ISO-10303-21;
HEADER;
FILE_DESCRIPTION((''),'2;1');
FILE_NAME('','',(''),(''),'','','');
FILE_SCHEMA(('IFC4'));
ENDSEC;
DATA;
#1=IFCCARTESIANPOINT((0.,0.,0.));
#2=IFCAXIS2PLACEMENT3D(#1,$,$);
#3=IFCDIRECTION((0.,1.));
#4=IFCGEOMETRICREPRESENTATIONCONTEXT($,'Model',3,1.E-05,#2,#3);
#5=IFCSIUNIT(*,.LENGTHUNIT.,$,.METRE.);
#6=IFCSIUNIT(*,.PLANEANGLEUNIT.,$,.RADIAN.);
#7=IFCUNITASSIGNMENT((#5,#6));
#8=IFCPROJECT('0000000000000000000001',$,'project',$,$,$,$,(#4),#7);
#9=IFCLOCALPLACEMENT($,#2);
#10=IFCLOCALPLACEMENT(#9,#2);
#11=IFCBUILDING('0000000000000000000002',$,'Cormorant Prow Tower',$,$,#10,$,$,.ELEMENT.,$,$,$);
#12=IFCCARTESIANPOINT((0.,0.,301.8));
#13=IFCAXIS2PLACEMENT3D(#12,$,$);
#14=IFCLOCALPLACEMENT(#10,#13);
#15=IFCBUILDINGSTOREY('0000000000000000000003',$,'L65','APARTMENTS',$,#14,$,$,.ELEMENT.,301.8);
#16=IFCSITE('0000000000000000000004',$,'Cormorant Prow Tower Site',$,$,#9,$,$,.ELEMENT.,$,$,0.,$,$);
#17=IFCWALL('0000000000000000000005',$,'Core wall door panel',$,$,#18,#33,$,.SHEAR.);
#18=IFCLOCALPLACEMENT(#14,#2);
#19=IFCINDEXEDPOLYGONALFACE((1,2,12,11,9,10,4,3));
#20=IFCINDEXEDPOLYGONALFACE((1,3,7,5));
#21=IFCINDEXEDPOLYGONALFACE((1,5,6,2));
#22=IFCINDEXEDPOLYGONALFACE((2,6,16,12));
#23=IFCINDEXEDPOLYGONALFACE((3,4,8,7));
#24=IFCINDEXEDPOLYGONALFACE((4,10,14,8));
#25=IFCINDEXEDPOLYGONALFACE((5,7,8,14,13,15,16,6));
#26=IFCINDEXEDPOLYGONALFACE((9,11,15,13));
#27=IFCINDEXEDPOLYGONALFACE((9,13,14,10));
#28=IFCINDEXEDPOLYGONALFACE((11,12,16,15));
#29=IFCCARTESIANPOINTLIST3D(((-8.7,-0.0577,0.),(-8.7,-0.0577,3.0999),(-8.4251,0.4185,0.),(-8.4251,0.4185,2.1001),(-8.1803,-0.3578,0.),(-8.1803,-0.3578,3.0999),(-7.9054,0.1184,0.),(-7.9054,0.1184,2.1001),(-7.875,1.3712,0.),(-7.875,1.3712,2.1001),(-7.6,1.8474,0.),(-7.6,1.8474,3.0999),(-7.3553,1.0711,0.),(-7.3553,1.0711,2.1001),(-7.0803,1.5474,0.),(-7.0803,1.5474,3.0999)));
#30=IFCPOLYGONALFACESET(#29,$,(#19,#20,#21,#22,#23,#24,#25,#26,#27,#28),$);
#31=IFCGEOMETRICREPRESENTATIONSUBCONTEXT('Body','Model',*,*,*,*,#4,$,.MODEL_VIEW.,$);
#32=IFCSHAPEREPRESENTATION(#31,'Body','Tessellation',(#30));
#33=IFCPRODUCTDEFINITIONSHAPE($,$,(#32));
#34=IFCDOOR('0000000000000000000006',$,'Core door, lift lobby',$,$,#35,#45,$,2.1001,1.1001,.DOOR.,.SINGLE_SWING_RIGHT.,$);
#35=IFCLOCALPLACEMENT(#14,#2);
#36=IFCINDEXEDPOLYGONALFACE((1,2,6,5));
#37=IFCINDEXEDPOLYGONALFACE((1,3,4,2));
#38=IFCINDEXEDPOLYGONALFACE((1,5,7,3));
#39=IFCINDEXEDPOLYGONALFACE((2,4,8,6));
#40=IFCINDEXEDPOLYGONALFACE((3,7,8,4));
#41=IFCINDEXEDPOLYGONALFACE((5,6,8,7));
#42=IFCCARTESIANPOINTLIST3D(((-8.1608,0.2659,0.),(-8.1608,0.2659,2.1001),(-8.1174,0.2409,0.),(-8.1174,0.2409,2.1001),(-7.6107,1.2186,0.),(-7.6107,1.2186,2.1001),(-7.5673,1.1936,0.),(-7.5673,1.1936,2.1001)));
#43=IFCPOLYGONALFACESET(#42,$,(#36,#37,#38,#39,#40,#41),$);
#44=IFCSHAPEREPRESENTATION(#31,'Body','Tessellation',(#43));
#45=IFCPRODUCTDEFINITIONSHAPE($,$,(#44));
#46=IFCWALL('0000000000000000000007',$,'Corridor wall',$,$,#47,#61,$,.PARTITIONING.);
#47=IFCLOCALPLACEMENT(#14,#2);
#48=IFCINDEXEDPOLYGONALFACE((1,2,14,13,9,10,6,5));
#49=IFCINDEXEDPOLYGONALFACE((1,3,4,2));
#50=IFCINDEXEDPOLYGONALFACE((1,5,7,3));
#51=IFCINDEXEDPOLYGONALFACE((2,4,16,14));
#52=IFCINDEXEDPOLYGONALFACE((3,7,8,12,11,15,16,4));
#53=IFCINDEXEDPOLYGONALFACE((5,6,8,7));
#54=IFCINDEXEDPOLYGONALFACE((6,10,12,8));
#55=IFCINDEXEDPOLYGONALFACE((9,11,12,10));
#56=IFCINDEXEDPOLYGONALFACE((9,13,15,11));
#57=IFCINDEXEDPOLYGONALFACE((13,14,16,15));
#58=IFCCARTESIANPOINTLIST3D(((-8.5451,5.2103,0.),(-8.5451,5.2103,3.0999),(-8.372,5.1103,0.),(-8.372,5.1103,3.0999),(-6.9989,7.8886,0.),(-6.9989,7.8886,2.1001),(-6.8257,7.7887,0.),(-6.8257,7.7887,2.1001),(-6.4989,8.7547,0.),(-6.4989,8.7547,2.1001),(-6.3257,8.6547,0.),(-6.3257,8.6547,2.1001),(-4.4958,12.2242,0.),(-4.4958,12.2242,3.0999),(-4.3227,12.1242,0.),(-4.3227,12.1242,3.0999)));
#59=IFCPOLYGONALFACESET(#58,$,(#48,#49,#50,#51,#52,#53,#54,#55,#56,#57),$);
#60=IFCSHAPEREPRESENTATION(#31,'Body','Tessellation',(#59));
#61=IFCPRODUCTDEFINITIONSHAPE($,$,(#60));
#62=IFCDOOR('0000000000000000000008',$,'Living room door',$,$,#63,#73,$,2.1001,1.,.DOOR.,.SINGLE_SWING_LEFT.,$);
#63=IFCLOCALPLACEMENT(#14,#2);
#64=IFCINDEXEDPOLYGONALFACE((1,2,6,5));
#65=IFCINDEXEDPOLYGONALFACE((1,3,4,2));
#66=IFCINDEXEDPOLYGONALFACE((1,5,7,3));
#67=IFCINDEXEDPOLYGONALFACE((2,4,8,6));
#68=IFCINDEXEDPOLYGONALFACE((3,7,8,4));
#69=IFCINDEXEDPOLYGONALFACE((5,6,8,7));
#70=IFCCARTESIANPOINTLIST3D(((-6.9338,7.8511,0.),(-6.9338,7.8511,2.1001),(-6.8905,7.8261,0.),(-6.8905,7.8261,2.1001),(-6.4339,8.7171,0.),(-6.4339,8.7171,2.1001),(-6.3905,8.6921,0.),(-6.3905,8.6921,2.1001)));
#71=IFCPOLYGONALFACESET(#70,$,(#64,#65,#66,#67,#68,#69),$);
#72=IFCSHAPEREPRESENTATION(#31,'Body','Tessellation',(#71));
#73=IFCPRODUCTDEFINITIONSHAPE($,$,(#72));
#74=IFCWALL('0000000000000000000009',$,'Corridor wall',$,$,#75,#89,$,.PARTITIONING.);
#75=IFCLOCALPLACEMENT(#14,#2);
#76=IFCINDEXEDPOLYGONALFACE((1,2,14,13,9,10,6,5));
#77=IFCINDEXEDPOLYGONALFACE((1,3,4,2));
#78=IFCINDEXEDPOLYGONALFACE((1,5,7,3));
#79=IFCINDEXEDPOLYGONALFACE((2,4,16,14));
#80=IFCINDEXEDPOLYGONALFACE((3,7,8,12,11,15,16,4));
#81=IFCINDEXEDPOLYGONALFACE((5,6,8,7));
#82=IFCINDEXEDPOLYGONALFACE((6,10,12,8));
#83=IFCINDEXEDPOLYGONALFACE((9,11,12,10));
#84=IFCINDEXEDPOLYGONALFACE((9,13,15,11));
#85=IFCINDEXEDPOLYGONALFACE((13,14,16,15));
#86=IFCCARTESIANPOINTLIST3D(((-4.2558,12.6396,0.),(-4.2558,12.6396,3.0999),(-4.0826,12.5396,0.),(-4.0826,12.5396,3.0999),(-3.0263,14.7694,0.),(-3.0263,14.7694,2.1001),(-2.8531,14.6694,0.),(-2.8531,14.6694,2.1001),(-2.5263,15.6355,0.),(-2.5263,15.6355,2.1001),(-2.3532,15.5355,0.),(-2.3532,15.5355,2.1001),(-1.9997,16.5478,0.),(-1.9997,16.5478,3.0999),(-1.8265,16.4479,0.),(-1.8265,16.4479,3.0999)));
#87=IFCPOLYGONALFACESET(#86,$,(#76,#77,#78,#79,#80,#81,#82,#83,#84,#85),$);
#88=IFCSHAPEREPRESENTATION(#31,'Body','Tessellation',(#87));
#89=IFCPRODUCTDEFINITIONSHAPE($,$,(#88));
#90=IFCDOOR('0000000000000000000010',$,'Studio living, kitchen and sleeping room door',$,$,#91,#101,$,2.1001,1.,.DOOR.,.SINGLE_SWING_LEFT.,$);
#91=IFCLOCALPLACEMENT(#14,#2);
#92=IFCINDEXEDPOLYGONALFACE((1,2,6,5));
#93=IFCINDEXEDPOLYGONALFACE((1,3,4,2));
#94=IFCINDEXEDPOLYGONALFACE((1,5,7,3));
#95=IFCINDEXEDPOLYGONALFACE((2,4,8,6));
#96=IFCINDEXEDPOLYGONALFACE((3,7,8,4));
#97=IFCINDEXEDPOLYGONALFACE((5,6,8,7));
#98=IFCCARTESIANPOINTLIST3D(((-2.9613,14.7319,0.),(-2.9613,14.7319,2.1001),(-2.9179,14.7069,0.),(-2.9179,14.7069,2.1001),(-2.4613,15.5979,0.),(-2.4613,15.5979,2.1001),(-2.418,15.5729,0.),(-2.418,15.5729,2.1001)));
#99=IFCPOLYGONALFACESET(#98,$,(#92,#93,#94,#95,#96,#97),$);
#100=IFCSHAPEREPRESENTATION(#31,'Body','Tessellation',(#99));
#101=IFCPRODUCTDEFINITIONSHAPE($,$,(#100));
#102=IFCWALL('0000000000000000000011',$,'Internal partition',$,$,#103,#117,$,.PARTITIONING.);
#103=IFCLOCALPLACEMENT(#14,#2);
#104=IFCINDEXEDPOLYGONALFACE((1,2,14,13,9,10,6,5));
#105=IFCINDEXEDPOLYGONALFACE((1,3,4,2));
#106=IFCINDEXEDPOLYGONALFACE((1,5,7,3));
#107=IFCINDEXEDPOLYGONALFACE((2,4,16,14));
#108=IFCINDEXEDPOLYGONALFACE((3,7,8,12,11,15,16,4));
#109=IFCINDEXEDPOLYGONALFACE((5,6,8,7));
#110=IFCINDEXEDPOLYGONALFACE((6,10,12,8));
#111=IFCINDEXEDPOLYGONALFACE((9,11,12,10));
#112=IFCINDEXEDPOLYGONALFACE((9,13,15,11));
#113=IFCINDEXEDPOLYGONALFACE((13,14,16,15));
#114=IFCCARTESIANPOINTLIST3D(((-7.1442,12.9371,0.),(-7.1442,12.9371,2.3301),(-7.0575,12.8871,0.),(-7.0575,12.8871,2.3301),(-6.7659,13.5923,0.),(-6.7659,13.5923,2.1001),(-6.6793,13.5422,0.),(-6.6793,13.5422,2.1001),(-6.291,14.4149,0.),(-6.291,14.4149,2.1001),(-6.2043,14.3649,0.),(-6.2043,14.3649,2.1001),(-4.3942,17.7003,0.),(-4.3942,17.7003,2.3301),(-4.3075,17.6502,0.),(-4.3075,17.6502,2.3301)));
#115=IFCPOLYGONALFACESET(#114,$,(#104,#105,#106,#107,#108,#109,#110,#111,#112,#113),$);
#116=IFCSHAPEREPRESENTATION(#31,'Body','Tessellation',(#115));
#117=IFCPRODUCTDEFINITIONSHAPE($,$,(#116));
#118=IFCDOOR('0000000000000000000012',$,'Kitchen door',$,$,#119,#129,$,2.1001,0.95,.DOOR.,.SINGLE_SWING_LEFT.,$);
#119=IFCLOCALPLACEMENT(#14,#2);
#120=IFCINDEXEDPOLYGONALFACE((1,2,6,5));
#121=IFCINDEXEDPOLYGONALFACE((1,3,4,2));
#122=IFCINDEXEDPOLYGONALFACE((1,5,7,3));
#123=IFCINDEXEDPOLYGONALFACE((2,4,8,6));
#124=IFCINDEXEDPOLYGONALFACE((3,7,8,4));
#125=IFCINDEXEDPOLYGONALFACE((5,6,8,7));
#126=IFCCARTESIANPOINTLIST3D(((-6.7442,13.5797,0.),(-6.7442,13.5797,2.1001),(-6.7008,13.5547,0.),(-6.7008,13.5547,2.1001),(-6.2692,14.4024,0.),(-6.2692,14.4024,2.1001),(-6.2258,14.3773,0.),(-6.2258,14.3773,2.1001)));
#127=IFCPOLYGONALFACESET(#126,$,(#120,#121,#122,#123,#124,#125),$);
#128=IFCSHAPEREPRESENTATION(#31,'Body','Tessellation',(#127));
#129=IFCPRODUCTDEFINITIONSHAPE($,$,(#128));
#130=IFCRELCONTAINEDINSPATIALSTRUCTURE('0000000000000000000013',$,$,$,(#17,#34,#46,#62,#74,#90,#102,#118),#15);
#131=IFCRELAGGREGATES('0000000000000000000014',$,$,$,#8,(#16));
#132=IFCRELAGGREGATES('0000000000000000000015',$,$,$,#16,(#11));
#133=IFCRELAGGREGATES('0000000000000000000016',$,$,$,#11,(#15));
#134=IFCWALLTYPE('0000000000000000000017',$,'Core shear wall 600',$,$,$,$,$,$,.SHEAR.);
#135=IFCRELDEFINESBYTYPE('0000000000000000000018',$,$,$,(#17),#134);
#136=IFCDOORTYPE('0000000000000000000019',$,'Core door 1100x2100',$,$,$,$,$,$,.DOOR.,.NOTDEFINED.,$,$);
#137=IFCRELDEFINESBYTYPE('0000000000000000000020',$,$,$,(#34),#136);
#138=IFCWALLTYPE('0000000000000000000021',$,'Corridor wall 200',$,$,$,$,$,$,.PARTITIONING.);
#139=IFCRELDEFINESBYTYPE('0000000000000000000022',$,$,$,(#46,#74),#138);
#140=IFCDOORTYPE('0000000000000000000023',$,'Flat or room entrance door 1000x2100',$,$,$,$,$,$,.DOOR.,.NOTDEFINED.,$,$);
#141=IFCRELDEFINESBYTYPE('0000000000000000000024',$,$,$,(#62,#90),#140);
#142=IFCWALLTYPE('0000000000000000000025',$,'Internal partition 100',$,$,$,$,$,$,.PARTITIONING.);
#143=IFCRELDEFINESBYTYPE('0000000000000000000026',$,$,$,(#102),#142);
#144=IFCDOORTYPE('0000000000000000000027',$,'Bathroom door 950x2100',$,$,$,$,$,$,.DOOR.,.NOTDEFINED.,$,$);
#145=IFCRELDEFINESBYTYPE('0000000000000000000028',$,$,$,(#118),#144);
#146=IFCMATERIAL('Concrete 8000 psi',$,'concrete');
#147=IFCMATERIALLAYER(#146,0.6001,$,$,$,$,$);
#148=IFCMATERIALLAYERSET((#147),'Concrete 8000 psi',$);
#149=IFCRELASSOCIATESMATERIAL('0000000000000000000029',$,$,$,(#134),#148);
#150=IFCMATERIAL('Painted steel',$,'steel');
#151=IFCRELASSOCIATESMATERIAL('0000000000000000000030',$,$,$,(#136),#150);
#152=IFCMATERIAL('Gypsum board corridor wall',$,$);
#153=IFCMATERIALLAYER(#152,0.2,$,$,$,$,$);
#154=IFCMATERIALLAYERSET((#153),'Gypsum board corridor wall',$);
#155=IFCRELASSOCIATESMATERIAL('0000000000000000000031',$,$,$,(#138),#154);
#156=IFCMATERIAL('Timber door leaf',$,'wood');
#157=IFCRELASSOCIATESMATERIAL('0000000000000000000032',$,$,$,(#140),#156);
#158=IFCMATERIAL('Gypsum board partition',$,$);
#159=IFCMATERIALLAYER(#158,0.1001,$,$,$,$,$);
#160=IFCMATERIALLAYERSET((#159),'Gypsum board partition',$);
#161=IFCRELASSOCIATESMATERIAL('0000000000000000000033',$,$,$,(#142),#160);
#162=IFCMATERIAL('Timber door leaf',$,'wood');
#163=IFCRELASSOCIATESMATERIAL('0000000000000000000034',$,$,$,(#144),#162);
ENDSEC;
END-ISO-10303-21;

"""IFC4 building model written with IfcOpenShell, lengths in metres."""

from ifc_helpers import new_model, si_unit, direction, frame, frame_2d, origin, place, context, subcontext, project, spatial, rectangle, extrude, material, layer, layer_set, type_object, element, fill, save


model = new_model("IFC4")

# Units and contexts
model_context = context("Model", 3, precision=1e-05, world=origin(), true_north=direction((0.0, 1.0)))
body_context = subcontext(model_context, "Body", "Model", "MODEL_VIEW")
ifc_project = project(units=[si_unit("LENGTHUNIT", "METRE"), si_unit("PLANEANGLEUNIT", "RADIAN")], contexts=[model_context])

# Site, building, storey
site_placement = place(None, origin())
site = spatial("IfcSite", under=ifc_project, at=site_placement, Name="Cormorant Prow Tower Site", CompositionType="ELEMENT", RefElevation=0.0)
building_placement = place(site_placement, origin())
building = spatial("IfcBuilding", under=site, at=building_placement, Name="Cormorant Prow Tower", CompositionType="ELEMENT")
storey_placement = place(building_placement, frame((0.0, 0.0, 301.8)))
storey = spatial("IfcBuildingStorey", under=building, at=storey_placement, Name="L65", Description="APARTMENTS", CompositionType="ELEMENT", Elevation=301.8)

# Shared definitions
ifc_material_1 = material(Name="Concrete 8000 psi", Category="concrete")
ifc_layer_1 = layer(ifc_material_1, 0.6001)
ifc_layer_set_1 = layer_set([ifc_layer_1], Name="Concrete 8000 psi")
wall_type_1 = type_object("IfcWallType", Name="Core shear wall 600", PredefinedType="SHEAR", material=ifc_layer_set_1)

# Walls, openings, doors
wall_1_placement = place(storey_placement, frame((-7.3401, 1.6975, 0.0), z_axis=(0.0, 0.0, 1.0), x_axis=(-0.50003, -0.866008, 0.0)))
wall_1 = element("IfcWall", 1, at=wall_1_placement, inside=storey, type_object=wall_type_1, Name="Core wall door panel", PredefinedType="SHEAR", context=body_context, shape_type="SweptSolid", body=[
    extrude(rectangle(XDim=2.2, YDim=0.6001, at=frame_2d((1.1001, 0.0))), origin(), (0.0, 0.0, 1.0), 3.0999),
])
opening_1_placement = place(wall_1_placement, frame((0.55, 0.0, 0.0)))
opening_1 = element("IfcOpeningElement", 2, at=opening_1_placement, cuts=wall_1, PredefinedType="OPENING", context=body_context, shape_type="SweptSolid", body=[
    extrude(rectangle(XDim=1.1001, YDim=2.1001, at=frame_2d((0.55, 1.05))), frame((0.0, 0.3101, 0.0), z_axis=(0.0, -1.0, 0.0), x_axis=(1.0, 0.0, 0.0)), (0.0, 0.0, 1.0), 0.6201),
])
ifc_material_2 = material(Name="Painted steel", Category="steel")
door_type_1 = type_object("IfcDoorType", Name="Core door 1100x2100", OperationType="NOTDEFINED", PredefinedType="DOOR", material=ifc_material_2)
door_1_placement = place(opening_1_placement, origin())
door_1 = element("IfcDoor", 3, at=door_1_placement, inside=storey, type_object=door_type_1, Name="Core door, lift lobby", OperationType="SINGLE_SWING_RIGHT", OverallHeight=2.1001, OverallWidth=1.1001, PredefinedType="DOOR", context=body_context, shape_type="SweptSolid", body=[
    extrude(rectangle(XDim=1.1001, YDim=2.1001, at=frame_2d((0.55, 1.05))), frame((0.0, 0.0552, 0.0), z_axis=(0.0, -1.0, 0.0), x_axis=(1.0, 0.0, 0.0)), (0.0, 0.0, 1.0), 0.05),
])
fill(opening_1, door_1)
ifc_material_3 = material(Name="Gypsum board corridor wall")
ifc_layer_2 = layer(ifc_material_3, 0.2)
ifc_layer_set_2 = layer_set([ifc_layer_2], Name="Gypsum board corridor wall")
wall_type_2 = type_object("IfcWallType", Name="Corridor wall 200", PredefinedType="PARTITIONING", material=ifc_layer_set_2)
wall_2_placement = place(storey_placement, frame((-8.4585, 5.1604, 0.0), z_axis=(0.0, 0.0, 1.0), x_axis=(0.499984, 0.866034, 0.0)))
wall_2 = element("IfcWall", 4, at=wall_2_placement, inside=storey, type_object=wall_type_2, Name="Corridor wall", PredefinedType="PARTITIONING", context=body_context, shape_type="SweptSolid", body=[
    extrude(rectangle(XDim=8.0989, YDim=0.2, at=frame_2d((4.0493, 0.0))), origin(), (0.0, 0.0, 1.0), 3.0999),
])
opening_2_placement = place(wall_2_placement, frame((3.0925, 0.0, 0.0)))
opening_2 = element("IfcOpeningElement", 5, at=opening_2_placement, cuts=wall_2, PredefinedType="OPENING", context=body_context, shape_type="SweptSolid", body=[
    extrude(rectangle(XDim=1.0, YDim=2.1001, at=frame_2d((0.5, 1.05))), frame((0.0, 0.1099, 0.0), z_axis=(0.0, -1.0, 0.0), x_axis=(1.0, 0.0, 0.0)), (0.0, 0.0, 1.0), 0.22),
])
ifc_material_4 = material(Name="Timber door leaf", Category="wood")
door_type_2 = type_object("IfcDoorType", Name="Flat or room entrance door 1000x2100", OperationType="NOTDEFINED", PredefinedType="DOOR", material=ifc_material_4)
door_2_placement = place(opening_2_placement, origin())
door_2 = element("IfcDoor", 6, at=door_2_placement, inside=storey, type_object=door_type_2, Name="Living room door", OperationType="SINGLE_SWING_LEFT", OverallHeight=2.1001, OverallWidth=1.0, PredefinedType="DOOR", context=body_context, shape_type="SweptSolid", body=[
    extrude(rectangle(XDim=1.0, YDim=2.1001, at=frame_2d((0.5, 1.05))), frame((0.0, 0.0249, 0.0), z_axis=(0.0, -1.0, 0.0), x_axis=(1.0, 0.0, 0.0)), (0.0, 0.0, 1.0), 0.05),
])
fill(opening_2, door_2)
wall_3_placement = place(storey_placement, frame((-4.1692, 12.5896, 0.0), z_axis=(0.0, 0.0, 1.0), x_axis=(0.49995, 0.866054, 0.0)))
wall_3 = element("IfcWall", 7, at=wall_3_placement, inside=storey, type_object=wall_type_2, Name="Corridor wall", PredefinedType="PARTITIONING", context=body_context, shape_type="SweptSolid", body=[
    extrude(rectangle(XDim=4.5127, YDim=0.2, at=frame_2d((2.2563, 0.0))), origin(), (0.0, 0.0, 1.0), 3.0999),
])
opening_3_placement = place(wall_3_placement, frame((2.4592, 0.0, 0.0)))
opening_3 = element("IfcOpeningElement", 8, at=opening_3_placement, cuts=wall_3, PredefinedType="OPENING", context=body_context, shape_type="SweptSolid", body=[
    extrude(rectangle(XDim=1.0, YDim=2.1001, at=frame_2d((0.5, 1.05))), frame((0.0, 0.1099, 0.0), z_axis=(0.0, -1.0, 0.0), x_axis=(1.0, 0.0, 0.0)), (0.0, 0.0, 1.0), 0.22),
])
door_3_placement = place(opening_3_placement, origin())
door_3 = element("IfcDoor", 9, at=door_3_placement, inside=storey, type_object=door_type_2, Name="Studio living, kitchen and sleeping room door", OperationType="SINGLE_SWING_LEFT", OverallHeight=2.1001, OverallWidth=1.0, PredefinedType="DOOR", context=body_context, shape_type="SweptSolid", body=[
    extrude(rectangle(XDim=1.0, YDim=2.1001, at=frame_2d((0.5, 1.05))), frame((0.0, 0.0249, 0.0), z_axis=(0.0, -1.0, 0.0), x_axis=(1.0, 0.0, 0.0)), (0.0, 0.0, 1.0), 0.05),
])
fill(opening_3, door_3)
ifc_material_5 = material(Name="Gypsum board partition")
ifc_layer_3 = layer(ifc_material_5, 0.1001)
ifc_layer_set_3 = layer_set([ifc_layer_3], Name="Gypsum board partition")
wall_type_3 = type_object("IfcWallType", Name="Internal partition 100", PredefinedType="PARTITIONING", material=ifc_layer_set_3)
wall_4_placement = place(storey_placement, frame((-7.1008, 12.9121, 0.0), z_axis=(0.0, 0.0, 1.0), x_axis=(0.499997, 0.866027, 0.0)))
wall_4 = element("IfcWall", 10, at=wall_4_placement, inside=storey, type_object=wall_type_3, Name="Internal partition", PredefinedType="PARTITIONING", context=body_context, shape_type="SweptSolid", body=[
    extrude(rectangle(XDim=5.5, YDim=0.1001, at=frame_2d((2.75, 0.0))), origin(), (0.0, 0.0, 1.0), 2.3301),
])
opening_4_placement = place(wall_4_placement, frame((0.7563, 0.0, 0.0)))
opening_4 = element("IfcOpeningElement", 11, at=opening_4_placement, cuts=wall_4, PredefinedType="OPENING", context=body_context, shape_type="SweptSolid", body=[
    extrude(rectangle(XDim=0.95, YDim=2.1001, at=frame_2d((0.4751, 1.05))), frame((0.0, 0.0601, 0.0), z_axis=(0.0, -1.0, 0.0), x_axis=(1.0, 0.0, 0.0)), (0.0, 0.0, 1.0), 0.1201),
])
ifc_material_6 = material(Name="Timber door leaf", Category="wood")
door_type_3 = type_object("IfcDoorType", Name="Bathroom door 950x2100", OperationType="NOTDEFINED", PredefinedType="DOOR", material=ifc_material_6)
door_4_placement = place(opening_4_placement, origin())
door_4 = element("IfcDoor", 12, at=door_4_placement, inside=storey, type_object=door_type_3, Name="Kitchen door", OperationType="SINGLE_SWING_LEFT", OverallHeight=2.1001, OverallWidth=0.95, PredefinedType="DOOR", context=body_context, shape_type="SweptSolid", body=[
    extrude(rectangle(XDim=0.95, YDim=2.1001, at=frame_2d((0.4751, 1.05))), frame((0.0, 0.0249, 0.0), z_axis=(0.0, -1.0, 0.0), x_axis=(1.0, 0.0, 0.0)), (0.0, 0.0, 1.0), 0.05),
])
fill(opening_4, door_4)

save(model, "model.ifc")
